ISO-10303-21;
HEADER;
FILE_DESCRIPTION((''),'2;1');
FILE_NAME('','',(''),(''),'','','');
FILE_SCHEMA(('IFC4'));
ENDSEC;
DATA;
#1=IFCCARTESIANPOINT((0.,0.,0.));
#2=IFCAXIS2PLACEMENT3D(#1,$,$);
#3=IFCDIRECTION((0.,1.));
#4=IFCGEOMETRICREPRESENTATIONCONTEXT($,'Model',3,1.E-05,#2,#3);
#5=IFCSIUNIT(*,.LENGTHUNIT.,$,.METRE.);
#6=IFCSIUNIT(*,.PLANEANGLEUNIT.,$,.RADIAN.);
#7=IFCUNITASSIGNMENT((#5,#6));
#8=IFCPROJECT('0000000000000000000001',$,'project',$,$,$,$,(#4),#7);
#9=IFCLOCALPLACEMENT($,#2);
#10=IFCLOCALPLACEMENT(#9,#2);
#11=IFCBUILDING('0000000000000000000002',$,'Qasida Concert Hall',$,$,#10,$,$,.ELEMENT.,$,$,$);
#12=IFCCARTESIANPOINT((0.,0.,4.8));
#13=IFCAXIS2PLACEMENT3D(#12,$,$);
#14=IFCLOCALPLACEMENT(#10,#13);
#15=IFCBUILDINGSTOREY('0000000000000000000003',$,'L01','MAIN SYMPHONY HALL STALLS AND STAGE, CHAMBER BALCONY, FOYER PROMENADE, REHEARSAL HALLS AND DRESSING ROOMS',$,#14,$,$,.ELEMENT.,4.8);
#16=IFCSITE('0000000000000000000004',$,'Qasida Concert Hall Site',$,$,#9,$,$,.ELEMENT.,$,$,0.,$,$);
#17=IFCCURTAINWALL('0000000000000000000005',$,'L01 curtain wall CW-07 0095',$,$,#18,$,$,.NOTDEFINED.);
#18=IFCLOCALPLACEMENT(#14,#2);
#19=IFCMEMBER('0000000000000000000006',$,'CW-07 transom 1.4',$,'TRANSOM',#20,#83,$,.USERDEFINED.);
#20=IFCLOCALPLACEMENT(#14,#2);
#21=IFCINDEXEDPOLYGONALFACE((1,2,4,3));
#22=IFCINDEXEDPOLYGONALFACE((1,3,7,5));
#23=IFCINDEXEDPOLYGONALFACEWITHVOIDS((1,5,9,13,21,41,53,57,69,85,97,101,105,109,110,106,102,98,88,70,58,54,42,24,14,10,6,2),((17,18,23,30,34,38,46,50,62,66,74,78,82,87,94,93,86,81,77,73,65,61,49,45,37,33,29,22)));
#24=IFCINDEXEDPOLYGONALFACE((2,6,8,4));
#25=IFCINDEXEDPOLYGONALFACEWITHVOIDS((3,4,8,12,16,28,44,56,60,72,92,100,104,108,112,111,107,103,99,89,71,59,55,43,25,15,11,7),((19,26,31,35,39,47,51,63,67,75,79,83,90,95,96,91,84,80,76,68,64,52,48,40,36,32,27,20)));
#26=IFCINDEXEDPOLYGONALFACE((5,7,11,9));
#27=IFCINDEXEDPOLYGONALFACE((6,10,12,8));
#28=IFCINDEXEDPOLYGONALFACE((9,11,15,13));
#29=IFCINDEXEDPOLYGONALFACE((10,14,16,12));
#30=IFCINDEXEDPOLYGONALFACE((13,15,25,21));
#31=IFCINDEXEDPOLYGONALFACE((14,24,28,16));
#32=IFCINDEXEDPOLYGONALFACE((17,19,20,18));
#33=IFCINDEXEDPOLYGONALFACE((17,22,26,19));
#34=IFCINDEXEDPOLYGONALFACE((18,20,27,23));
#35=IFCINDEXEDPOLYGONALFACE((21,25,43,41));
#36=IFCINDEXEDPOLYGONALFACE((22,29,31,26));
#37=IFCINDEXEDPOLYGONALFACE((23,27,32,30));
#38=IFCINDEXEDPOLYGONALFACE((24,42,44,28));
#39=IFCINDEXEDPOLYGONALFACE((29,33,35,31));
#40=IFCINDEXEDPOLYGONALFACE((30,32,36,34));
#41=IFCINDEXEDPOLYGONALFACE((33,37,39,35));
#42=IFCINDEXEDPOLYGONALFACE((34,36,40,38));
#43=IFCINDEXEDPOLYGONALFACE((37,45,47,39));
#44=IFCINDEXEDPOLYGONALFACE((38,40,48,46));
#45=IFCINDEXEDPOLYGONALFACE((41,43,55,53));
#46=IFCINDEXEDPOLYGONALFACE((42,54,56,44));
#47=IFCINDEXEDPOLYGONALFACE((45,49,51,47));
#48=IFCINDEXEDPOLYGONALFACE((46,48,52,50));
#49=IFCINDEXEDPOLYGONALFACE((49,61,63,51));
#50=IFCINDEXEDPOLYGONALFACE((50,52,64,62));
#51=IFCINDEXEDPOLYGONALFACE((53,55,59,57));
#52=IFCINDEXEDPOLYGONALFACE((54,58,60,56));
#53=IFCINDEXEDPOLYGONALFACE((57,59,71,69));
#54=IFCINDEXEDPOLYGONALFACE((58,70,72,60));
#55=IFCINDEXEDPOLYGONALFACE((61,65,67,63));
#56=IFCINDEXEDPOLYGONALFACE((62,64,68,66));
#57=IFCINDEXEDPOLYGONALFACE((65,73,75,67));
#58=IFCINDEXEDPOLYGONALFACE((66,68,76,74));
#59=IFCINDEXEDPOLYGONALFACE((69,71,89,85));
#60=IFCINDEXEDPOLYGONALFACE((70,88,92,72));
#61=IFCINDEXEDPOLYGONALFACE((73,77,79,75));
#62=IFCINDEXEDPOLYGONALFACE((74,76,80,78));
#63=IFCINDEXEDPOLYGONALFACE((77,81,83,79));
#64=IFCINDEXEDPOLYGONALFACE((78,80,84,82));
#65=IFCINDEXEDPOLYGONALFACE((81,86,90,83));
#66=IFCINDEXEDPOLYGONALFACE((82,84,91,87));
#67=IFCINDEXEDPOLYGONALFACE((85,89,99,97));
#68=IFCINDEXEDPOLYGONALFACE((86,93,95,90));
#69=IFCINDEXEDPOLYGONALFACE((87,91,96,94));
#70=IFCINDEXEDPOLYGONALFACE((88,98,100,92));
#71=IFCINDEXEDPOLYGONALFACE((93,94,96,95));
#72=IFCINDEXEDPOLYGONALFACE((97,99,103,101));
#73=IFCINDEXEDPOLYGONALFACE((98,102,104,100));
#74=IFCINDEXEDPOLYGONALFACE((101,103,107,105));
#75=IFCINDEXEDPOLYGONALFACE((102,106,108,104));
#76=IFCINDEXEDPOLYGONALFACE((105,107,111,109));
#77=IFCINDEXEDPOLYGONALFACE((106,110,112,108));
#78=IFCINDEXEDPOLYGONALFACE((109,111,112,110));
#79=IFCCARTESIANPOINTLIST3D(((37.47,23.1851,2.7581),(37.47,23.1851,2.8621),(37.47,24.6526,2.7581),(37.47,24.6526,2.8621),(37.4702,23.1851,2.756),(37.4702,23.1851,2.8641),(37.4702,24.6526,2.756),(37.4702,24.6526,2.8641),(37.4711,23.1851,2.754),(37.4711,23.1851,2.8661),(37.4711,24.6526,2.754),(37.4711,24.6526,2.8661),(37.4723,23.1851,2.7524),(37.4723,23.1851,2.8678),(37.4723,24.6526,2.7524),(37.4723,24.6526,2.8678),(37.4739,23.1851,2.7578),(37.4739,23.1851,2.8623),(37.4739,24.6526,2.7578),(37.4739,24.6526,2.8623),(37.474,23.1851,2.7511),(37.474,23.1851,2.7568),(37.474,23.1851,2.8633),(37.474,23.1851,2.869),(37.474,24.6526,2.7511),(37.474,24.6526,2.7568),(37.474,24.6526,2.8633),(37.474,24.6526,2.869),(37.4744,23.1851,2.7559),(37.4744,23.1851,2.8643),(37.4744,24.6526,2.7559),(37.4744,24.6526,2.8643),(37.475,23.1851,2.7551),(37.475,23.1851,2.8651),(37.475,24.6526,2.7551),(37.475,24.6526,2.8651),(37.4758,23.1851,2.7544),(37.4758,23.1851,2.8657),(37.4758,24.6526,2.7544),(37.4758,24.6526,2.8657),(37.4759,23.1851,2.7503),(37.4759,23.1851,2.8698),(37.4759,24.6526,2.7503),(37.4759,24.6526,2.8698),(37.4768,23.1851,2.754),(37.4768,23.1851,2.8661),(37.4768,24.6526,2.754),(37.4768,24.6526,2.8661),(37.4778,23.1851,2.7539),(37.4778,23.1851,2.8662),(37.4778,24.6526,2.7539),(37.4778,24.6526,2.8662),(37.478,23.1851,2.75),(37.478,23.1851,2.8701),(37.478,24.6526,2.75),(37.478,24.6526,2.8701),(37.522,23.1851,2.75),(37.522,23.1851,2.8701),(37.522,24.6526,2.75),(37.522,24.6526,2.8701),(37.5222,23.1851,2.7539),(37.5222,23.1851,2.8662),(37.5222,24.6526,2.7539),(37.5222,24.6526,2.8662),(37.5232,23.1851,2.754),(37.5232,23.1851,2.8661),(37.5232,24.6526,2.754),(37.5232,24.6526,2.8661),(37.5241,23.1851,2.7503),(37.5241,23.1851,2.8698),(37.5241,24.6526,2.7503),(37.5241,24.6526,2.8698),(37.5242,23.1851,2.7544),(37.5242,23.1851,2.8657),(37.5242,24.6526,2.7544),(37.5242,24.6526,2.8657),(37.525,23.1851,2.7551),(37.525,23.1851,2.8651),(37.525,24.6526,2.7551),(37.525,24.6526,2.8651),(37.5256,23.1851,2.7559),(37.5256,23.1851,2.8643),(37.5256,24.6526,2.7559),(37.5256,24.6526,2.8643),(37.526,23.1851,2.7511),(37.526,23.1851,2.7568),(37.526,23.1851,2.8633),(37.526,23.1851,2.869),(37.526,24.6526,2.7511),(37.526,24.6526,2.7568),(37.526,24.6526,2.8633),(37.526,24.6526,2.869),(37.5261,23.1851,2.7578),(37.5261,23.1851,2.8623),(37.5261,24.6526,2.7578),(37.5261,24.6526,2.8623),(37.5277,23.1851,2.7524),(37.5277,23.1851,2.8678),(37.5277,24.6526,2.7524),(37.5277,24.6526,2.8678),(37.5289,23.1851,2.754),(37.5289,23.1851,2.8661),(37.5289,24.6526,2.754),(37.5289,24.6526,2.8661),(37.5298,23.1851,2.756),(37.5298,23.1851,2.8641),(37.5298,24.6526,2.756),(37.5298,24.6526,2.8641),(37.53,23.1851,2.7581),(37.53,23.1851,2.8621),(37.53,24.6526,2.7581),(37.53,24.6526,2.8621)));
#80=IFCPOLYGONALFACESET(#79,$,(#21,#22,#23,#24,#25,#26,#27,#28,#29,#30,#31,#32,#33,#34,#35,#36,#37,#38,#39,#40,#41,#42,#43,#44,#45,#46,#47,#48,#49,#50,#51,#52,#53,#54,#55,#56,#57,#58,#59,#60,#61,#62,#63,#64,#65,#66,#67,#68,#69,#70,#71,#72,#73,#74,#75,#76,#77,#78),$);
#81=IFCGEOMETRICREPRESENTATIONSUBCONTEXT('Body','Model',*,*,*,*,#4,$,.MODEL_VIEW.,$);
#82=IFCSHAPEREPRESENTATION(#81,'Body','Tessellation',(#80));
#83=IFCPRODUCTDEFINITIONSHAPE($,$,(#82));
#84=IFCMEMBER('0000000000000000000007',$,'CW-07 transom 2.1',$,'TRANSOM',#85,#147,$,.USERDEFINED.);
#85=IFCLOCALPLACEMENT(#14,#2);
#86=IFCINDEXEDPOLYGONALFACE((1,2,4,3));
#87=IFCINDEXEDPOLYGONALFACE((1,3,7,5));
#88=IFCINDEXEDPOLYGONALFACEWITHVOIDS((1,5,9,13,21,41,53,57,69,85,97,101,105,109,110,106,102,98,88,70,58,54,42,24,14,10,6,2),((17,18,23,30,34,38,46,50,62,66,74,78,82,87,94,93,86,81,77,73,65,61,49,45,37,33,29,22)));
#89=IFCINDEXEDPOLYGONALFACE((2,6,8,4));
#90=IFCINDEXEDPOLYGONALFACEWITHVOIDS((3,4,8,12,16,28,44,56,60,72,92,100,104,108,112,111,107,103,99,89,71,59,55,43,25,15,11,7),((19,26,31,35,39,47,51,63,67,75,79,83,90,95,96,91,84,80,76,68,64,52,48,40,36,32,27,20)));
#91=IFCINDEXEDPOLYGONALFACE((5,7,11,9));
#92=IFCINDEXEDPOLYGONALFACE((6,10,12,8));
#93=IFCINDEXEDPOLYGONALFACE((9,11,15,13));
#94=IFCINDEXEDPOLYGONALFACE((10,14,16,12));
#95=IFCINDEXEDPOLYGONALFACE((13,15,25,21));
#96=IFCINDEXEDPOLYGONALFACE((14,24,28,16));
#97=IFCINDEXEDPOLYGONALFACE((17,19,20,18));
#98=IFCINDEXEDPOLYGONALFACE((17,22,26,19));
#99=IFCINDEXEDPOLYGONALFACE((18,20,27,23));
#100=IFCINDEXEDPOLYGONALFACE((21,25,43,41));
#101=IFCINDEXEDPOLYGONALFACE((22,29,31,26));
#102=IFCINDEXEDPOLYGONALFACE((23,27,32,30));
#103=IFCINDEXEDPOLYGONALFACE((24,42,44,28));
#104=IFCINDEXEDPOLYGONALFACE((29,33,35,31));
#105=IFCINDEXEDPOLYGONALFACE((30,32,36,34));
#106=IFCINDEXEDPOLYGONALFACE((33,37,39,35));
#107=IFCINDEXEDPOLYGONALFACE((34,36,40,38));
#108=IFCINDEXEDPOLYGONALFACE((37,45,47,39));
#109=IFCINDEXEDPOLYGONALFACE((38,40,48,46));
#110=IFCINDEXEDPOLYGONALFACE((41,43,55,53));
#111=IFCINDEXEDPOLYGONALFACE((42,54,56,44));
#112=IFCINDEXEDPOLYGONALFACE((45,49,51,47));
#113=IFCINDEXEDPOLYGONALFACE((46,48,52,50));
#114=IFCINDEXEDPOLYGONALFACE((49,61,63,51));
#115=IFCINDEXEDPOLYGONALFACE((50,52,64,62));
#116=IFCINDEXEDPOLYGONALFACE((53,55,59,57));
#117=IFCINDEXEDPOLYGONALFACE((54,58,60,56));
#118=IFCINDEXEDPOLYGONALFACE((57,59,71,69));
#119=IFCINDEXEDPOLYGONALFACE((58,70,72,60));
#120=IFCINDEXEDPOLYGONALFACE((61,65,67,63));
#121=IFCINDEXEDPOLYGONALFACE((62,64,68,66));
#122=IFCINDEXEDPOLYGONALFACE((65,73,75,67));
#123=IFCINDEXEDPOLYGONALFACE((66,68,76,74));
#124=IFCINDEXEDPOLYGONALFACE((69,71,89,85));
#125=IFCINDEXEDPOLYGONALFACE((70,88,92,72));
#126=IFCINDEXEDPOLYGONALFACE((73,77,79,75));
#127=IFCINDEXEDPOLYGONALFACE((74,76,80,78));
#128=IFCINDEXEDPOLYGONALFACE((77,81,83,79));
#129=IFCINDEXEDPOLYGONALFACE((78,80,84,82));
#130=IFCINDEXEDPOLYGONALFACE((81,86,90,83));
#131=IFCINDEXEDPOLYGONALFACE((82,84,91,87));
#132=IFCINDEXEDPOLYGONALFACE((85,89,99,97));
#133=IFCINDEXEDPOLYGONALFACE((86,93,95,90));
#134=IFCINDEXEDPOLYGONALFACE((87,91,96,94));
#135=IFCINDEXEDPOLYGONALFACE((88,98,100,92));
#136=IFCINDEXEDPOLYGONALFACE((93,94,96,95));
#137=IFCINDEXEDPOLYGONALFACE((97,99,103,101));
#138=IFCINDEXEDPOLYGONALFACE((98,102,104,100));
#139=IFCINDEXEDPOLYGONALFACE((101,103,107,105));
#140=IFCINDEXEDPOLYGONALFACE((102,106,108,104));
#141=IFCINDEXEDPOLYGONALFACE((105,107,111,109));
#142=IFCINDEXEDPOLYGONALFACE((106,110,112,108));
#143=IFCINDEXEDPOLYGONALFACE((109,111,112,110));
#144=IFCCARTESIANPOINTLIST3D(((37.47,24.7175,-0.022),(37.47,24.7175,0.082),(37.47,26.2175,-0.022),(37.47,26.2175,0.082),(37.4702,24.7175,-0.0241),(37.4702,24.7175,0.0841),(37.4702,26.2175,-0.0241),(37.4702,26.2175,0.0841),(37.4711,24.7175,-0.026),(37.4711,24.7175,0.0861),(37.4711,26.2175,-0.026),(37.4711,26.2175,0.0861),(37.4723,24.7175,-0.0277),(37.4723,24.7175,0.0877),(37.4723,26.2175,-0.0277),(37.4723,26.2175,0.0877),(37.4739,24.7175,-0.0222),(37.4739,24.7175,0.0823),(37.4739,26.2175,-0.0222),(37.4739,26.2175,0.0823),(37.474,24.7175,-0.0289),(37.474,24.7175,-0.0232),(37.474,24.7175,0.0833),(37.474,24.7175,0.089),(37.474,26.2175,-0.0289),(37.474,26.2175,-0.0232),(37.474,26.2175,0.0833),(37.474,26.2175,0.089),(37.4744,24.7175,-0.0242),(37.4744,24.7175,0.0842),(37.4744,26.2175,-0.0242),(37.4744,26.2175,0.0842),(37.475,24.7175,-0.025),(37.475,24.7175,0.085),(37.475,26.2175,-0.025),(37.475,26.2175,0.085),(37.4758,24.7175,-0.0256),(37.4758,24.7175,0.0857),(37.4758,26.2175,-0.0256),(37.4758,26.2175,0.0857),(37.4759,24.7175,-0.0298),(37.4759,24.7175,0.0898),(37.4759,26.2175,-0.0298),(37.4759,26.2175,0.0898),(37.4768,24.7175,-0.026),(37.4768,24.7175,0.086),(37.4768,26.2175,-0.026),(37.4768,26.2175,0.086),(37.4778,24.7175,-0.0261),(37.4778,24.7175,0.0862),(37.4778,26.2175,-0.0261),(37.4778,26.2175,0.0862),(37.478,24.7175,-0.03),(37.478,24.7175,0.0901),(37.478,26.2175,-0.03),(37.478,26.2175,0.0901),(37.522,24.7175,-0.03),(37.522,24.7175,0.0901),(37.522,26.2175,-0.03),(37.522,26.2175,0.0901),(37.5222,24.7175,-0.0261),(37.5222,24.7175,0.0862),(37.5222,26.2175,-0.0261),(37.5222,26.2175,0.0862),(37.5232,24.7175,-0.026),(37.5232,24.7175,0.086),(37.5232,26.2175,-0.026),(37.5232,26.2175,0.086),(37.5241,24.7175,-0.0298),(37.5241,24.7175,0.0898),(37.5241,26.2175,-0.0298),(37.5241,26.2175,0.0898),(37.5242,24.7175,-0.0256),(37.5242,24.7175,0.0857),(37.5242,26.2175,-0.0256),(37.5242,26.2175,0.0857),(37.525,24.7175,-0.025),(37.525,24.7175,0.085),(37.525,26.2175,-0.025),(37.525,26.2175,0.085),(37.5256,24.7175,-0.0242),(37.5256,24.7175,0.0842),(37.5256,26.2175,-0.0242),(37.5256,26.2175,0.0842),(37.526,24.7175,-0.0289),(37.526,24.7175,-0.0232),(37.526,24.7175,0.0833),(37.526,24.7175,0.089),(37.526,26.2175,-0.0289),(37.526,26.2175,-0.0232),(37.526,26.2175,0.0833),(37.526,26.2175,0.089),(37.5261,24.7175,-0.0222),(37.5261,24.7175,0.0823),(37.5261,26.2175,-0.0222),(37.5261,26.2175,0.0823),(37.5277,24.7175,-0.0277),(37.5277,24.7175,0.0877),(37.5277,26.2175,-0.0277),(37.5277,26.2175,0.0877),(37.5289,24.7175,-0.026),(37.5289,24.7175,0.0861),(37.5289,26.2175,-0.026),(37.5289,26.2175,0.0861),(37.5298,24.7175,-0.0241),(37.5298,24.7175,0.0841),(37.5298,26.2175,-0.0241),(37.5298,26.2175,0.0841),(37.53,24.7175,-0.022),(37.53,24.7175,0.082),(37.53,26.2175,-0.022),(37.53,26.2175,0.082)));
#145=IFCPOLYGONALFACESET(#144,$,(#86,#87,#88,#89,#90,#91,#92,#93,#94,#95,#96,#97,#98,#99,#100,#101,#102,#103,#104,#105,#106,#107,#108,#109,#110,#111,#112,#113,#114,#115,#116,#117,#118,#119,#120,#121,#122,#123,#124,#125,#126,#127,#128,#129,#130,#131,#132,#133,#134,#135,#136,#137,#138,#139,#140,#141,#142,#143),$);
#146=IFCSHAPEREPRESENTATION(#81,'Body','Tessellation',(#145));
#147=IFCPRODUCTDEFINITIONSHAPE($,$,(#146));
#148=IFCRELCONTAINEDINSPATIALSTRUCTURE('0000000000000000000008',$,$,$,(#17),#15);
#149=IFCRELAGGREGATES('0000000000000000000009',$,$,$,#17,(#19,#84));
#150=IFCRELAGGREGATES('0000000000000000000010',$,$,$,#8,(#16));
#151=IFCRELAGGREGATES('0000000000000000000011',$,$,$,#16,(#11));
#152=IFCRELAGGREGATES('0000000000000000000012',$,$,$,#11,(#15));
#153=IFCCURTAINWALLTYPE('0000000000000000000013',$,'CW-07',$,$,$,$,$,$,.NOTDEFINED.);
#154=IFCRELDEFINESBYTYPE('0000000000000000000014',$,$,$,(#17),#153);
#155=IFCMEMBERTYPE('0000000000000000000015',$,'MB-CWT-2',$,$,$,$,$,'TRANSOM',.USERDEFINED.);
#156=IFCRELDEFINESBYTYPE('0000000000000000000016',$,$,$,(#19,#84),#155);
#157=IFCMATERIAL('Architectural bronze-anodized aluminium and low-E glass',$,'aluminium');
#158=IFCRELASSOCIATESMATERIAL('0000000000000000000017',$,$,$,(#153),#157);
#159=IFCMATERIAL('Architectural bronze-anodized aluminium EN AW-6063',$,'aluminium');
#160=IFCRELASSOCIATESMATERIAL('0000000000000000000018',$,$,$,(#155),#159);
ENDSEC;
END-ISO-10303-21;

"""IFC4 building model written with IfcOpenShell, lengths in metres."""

from ifc_helpers import new_model, si_unit, direction, frame, origin, origin_2d, place, context, subcontext, project, spatial, hollow_rectangle, extrude, material, material_profile, profile_set, type_object, element, aggregate, save


model = new_model("IFC4")

# Units and contexts
model_context = context("Model", 3, precision=1e-05, world=origin(), true_north=direction((0.0, 1.0)))
body_context = subcontext(model_context, "Body", "Model", "MODEL_VIEW")
ifc_project = project(units=[si_unit("LENGTHUNIT", "METRE"), si_unit("PLANEANGLEUNIT", "RADIAN")], contexts=[model_context])

# Site, building, storey
site_placement = place(None, origin())
site = spatial("IfcSite", under=ifc_project, at=site_placement, Name="Qasida Concert Hall Site", CompositionType="ELEMENT", RefElevation=0.0)
building_placement = place(site_placement, origin())
building = spatial("IfcBuilding", under=site, at=building_placement, Name="Qasida Concert Hall", CompositionType="ELEMENT")
storey_placement = place(building_placement, frame((0.0, 0.0, 4.8)))
storey = spatial("IfcBuildingStorey", under=building, at=storey_placement, Name="L01", Description="MAIN SYMPHONY HALL STALLS AND STAGE, CHAMBER BALCONY, FOYER PROMENADE, REHEARSAL HALLS AND DRESSING ROOMS", CompositionType="ELEMENT", Elevation=4.8)

# Shared definitions
ifc_material_1 = material(Name="Architectural bronze-anodized aluminium and low-E glass", Category="aluminium")
curtain_wall_type = type_object("IfcCurtainWallType", Name="CW-07", PredefinedType="NOTDEFINED", material=ifc_material_1)
ifc_material_2 = material(Name="Architectural bronze-anodized aluminium EN AW-6063", Category="aluminium")

# Curtain wall, members
curtain_wall_1_placement = place(storey_placement, origin())
curtain_wall_1 = element("IfcCurtainWall", 1, at=curtain_wall_1_placement, inside=storey, type_object=curtain_wall_type, Name="L01 curtain wall CW-07 0095", PredefinedType="NOTDEFINED")
ifc_material_profile_1 = material_profile(ifc_material_2, hollow_rectangle(XDim=0.0601, YDim=0.1201, WallThickness=0.0039, InnerFilletRadius=0.0039, OuterFilletRadius=0.0081, at=origin_2d()), Name="CWT 120x60x4")
ifc_profile_set_1 = profile_set([ifc_material_profile_1], Name="Architectural bronze-anodized aluminium EN AW-6063")
member_type_1 = type_object("IfcMemberType", Name="MB-CWT-2", ElementType="TRANSOM", PredefinedType="USERDEFINED", material=ifc_profile_set_1)
member_1_placement = place(storey_placement, frame((37.5, 23.1851, 2.8101), z_axis=(0.0, 1.0, 0.0), x_axis=(-1.0, 0.0, 0.0)))
member_1 = element("IfcMember", 2, at=member_1_placement, type_object=member_type_1, Name="CW-07 transom 1.4", ObjectType="TRANSOM", PredefinedType="USERDEFINED", context=body_context, shape_type="SweptSolid", body=[
    extrude(hollow_rectangle(XDim=0.0601, YDim=0.1201, WallThickness=0.0039, InnerFilletRadius=0.0039, OuterFilletRadius=0.0081, at=origin_2d()), origin(), (0.0, 0.0, 1.0), 1.4675),
])
member_2_placement = place(storey_placement, frame((37.5, 24.7175, 0.03), z_axis=(0.0, 1.0, 0.0), x_axis=(-1.0, 0.0, 0.0)))
member_2 = element("IfcMember", 3, at=member_2_placement, type_object=member_type_1, Name="CW-07 transom 2.1", ObjectType="TRANSOM", PredefinedType="USERDEFINED", context=body_context, shape_type="SweptSolid", body=[
    extrude(hollow_rectangle(XDim=0.0601, YDim=0.1201, WallThickness=0.0039, InnerFilletRadius=0.0039, OuterFilletRadius=0.0081, at=origin_2d()), origin(), (0.0, 0.0, 1.0), 1.5),
])

aggregate(curtain_wall_1, [member_1, member_2])

save(model, "model.ifc")
